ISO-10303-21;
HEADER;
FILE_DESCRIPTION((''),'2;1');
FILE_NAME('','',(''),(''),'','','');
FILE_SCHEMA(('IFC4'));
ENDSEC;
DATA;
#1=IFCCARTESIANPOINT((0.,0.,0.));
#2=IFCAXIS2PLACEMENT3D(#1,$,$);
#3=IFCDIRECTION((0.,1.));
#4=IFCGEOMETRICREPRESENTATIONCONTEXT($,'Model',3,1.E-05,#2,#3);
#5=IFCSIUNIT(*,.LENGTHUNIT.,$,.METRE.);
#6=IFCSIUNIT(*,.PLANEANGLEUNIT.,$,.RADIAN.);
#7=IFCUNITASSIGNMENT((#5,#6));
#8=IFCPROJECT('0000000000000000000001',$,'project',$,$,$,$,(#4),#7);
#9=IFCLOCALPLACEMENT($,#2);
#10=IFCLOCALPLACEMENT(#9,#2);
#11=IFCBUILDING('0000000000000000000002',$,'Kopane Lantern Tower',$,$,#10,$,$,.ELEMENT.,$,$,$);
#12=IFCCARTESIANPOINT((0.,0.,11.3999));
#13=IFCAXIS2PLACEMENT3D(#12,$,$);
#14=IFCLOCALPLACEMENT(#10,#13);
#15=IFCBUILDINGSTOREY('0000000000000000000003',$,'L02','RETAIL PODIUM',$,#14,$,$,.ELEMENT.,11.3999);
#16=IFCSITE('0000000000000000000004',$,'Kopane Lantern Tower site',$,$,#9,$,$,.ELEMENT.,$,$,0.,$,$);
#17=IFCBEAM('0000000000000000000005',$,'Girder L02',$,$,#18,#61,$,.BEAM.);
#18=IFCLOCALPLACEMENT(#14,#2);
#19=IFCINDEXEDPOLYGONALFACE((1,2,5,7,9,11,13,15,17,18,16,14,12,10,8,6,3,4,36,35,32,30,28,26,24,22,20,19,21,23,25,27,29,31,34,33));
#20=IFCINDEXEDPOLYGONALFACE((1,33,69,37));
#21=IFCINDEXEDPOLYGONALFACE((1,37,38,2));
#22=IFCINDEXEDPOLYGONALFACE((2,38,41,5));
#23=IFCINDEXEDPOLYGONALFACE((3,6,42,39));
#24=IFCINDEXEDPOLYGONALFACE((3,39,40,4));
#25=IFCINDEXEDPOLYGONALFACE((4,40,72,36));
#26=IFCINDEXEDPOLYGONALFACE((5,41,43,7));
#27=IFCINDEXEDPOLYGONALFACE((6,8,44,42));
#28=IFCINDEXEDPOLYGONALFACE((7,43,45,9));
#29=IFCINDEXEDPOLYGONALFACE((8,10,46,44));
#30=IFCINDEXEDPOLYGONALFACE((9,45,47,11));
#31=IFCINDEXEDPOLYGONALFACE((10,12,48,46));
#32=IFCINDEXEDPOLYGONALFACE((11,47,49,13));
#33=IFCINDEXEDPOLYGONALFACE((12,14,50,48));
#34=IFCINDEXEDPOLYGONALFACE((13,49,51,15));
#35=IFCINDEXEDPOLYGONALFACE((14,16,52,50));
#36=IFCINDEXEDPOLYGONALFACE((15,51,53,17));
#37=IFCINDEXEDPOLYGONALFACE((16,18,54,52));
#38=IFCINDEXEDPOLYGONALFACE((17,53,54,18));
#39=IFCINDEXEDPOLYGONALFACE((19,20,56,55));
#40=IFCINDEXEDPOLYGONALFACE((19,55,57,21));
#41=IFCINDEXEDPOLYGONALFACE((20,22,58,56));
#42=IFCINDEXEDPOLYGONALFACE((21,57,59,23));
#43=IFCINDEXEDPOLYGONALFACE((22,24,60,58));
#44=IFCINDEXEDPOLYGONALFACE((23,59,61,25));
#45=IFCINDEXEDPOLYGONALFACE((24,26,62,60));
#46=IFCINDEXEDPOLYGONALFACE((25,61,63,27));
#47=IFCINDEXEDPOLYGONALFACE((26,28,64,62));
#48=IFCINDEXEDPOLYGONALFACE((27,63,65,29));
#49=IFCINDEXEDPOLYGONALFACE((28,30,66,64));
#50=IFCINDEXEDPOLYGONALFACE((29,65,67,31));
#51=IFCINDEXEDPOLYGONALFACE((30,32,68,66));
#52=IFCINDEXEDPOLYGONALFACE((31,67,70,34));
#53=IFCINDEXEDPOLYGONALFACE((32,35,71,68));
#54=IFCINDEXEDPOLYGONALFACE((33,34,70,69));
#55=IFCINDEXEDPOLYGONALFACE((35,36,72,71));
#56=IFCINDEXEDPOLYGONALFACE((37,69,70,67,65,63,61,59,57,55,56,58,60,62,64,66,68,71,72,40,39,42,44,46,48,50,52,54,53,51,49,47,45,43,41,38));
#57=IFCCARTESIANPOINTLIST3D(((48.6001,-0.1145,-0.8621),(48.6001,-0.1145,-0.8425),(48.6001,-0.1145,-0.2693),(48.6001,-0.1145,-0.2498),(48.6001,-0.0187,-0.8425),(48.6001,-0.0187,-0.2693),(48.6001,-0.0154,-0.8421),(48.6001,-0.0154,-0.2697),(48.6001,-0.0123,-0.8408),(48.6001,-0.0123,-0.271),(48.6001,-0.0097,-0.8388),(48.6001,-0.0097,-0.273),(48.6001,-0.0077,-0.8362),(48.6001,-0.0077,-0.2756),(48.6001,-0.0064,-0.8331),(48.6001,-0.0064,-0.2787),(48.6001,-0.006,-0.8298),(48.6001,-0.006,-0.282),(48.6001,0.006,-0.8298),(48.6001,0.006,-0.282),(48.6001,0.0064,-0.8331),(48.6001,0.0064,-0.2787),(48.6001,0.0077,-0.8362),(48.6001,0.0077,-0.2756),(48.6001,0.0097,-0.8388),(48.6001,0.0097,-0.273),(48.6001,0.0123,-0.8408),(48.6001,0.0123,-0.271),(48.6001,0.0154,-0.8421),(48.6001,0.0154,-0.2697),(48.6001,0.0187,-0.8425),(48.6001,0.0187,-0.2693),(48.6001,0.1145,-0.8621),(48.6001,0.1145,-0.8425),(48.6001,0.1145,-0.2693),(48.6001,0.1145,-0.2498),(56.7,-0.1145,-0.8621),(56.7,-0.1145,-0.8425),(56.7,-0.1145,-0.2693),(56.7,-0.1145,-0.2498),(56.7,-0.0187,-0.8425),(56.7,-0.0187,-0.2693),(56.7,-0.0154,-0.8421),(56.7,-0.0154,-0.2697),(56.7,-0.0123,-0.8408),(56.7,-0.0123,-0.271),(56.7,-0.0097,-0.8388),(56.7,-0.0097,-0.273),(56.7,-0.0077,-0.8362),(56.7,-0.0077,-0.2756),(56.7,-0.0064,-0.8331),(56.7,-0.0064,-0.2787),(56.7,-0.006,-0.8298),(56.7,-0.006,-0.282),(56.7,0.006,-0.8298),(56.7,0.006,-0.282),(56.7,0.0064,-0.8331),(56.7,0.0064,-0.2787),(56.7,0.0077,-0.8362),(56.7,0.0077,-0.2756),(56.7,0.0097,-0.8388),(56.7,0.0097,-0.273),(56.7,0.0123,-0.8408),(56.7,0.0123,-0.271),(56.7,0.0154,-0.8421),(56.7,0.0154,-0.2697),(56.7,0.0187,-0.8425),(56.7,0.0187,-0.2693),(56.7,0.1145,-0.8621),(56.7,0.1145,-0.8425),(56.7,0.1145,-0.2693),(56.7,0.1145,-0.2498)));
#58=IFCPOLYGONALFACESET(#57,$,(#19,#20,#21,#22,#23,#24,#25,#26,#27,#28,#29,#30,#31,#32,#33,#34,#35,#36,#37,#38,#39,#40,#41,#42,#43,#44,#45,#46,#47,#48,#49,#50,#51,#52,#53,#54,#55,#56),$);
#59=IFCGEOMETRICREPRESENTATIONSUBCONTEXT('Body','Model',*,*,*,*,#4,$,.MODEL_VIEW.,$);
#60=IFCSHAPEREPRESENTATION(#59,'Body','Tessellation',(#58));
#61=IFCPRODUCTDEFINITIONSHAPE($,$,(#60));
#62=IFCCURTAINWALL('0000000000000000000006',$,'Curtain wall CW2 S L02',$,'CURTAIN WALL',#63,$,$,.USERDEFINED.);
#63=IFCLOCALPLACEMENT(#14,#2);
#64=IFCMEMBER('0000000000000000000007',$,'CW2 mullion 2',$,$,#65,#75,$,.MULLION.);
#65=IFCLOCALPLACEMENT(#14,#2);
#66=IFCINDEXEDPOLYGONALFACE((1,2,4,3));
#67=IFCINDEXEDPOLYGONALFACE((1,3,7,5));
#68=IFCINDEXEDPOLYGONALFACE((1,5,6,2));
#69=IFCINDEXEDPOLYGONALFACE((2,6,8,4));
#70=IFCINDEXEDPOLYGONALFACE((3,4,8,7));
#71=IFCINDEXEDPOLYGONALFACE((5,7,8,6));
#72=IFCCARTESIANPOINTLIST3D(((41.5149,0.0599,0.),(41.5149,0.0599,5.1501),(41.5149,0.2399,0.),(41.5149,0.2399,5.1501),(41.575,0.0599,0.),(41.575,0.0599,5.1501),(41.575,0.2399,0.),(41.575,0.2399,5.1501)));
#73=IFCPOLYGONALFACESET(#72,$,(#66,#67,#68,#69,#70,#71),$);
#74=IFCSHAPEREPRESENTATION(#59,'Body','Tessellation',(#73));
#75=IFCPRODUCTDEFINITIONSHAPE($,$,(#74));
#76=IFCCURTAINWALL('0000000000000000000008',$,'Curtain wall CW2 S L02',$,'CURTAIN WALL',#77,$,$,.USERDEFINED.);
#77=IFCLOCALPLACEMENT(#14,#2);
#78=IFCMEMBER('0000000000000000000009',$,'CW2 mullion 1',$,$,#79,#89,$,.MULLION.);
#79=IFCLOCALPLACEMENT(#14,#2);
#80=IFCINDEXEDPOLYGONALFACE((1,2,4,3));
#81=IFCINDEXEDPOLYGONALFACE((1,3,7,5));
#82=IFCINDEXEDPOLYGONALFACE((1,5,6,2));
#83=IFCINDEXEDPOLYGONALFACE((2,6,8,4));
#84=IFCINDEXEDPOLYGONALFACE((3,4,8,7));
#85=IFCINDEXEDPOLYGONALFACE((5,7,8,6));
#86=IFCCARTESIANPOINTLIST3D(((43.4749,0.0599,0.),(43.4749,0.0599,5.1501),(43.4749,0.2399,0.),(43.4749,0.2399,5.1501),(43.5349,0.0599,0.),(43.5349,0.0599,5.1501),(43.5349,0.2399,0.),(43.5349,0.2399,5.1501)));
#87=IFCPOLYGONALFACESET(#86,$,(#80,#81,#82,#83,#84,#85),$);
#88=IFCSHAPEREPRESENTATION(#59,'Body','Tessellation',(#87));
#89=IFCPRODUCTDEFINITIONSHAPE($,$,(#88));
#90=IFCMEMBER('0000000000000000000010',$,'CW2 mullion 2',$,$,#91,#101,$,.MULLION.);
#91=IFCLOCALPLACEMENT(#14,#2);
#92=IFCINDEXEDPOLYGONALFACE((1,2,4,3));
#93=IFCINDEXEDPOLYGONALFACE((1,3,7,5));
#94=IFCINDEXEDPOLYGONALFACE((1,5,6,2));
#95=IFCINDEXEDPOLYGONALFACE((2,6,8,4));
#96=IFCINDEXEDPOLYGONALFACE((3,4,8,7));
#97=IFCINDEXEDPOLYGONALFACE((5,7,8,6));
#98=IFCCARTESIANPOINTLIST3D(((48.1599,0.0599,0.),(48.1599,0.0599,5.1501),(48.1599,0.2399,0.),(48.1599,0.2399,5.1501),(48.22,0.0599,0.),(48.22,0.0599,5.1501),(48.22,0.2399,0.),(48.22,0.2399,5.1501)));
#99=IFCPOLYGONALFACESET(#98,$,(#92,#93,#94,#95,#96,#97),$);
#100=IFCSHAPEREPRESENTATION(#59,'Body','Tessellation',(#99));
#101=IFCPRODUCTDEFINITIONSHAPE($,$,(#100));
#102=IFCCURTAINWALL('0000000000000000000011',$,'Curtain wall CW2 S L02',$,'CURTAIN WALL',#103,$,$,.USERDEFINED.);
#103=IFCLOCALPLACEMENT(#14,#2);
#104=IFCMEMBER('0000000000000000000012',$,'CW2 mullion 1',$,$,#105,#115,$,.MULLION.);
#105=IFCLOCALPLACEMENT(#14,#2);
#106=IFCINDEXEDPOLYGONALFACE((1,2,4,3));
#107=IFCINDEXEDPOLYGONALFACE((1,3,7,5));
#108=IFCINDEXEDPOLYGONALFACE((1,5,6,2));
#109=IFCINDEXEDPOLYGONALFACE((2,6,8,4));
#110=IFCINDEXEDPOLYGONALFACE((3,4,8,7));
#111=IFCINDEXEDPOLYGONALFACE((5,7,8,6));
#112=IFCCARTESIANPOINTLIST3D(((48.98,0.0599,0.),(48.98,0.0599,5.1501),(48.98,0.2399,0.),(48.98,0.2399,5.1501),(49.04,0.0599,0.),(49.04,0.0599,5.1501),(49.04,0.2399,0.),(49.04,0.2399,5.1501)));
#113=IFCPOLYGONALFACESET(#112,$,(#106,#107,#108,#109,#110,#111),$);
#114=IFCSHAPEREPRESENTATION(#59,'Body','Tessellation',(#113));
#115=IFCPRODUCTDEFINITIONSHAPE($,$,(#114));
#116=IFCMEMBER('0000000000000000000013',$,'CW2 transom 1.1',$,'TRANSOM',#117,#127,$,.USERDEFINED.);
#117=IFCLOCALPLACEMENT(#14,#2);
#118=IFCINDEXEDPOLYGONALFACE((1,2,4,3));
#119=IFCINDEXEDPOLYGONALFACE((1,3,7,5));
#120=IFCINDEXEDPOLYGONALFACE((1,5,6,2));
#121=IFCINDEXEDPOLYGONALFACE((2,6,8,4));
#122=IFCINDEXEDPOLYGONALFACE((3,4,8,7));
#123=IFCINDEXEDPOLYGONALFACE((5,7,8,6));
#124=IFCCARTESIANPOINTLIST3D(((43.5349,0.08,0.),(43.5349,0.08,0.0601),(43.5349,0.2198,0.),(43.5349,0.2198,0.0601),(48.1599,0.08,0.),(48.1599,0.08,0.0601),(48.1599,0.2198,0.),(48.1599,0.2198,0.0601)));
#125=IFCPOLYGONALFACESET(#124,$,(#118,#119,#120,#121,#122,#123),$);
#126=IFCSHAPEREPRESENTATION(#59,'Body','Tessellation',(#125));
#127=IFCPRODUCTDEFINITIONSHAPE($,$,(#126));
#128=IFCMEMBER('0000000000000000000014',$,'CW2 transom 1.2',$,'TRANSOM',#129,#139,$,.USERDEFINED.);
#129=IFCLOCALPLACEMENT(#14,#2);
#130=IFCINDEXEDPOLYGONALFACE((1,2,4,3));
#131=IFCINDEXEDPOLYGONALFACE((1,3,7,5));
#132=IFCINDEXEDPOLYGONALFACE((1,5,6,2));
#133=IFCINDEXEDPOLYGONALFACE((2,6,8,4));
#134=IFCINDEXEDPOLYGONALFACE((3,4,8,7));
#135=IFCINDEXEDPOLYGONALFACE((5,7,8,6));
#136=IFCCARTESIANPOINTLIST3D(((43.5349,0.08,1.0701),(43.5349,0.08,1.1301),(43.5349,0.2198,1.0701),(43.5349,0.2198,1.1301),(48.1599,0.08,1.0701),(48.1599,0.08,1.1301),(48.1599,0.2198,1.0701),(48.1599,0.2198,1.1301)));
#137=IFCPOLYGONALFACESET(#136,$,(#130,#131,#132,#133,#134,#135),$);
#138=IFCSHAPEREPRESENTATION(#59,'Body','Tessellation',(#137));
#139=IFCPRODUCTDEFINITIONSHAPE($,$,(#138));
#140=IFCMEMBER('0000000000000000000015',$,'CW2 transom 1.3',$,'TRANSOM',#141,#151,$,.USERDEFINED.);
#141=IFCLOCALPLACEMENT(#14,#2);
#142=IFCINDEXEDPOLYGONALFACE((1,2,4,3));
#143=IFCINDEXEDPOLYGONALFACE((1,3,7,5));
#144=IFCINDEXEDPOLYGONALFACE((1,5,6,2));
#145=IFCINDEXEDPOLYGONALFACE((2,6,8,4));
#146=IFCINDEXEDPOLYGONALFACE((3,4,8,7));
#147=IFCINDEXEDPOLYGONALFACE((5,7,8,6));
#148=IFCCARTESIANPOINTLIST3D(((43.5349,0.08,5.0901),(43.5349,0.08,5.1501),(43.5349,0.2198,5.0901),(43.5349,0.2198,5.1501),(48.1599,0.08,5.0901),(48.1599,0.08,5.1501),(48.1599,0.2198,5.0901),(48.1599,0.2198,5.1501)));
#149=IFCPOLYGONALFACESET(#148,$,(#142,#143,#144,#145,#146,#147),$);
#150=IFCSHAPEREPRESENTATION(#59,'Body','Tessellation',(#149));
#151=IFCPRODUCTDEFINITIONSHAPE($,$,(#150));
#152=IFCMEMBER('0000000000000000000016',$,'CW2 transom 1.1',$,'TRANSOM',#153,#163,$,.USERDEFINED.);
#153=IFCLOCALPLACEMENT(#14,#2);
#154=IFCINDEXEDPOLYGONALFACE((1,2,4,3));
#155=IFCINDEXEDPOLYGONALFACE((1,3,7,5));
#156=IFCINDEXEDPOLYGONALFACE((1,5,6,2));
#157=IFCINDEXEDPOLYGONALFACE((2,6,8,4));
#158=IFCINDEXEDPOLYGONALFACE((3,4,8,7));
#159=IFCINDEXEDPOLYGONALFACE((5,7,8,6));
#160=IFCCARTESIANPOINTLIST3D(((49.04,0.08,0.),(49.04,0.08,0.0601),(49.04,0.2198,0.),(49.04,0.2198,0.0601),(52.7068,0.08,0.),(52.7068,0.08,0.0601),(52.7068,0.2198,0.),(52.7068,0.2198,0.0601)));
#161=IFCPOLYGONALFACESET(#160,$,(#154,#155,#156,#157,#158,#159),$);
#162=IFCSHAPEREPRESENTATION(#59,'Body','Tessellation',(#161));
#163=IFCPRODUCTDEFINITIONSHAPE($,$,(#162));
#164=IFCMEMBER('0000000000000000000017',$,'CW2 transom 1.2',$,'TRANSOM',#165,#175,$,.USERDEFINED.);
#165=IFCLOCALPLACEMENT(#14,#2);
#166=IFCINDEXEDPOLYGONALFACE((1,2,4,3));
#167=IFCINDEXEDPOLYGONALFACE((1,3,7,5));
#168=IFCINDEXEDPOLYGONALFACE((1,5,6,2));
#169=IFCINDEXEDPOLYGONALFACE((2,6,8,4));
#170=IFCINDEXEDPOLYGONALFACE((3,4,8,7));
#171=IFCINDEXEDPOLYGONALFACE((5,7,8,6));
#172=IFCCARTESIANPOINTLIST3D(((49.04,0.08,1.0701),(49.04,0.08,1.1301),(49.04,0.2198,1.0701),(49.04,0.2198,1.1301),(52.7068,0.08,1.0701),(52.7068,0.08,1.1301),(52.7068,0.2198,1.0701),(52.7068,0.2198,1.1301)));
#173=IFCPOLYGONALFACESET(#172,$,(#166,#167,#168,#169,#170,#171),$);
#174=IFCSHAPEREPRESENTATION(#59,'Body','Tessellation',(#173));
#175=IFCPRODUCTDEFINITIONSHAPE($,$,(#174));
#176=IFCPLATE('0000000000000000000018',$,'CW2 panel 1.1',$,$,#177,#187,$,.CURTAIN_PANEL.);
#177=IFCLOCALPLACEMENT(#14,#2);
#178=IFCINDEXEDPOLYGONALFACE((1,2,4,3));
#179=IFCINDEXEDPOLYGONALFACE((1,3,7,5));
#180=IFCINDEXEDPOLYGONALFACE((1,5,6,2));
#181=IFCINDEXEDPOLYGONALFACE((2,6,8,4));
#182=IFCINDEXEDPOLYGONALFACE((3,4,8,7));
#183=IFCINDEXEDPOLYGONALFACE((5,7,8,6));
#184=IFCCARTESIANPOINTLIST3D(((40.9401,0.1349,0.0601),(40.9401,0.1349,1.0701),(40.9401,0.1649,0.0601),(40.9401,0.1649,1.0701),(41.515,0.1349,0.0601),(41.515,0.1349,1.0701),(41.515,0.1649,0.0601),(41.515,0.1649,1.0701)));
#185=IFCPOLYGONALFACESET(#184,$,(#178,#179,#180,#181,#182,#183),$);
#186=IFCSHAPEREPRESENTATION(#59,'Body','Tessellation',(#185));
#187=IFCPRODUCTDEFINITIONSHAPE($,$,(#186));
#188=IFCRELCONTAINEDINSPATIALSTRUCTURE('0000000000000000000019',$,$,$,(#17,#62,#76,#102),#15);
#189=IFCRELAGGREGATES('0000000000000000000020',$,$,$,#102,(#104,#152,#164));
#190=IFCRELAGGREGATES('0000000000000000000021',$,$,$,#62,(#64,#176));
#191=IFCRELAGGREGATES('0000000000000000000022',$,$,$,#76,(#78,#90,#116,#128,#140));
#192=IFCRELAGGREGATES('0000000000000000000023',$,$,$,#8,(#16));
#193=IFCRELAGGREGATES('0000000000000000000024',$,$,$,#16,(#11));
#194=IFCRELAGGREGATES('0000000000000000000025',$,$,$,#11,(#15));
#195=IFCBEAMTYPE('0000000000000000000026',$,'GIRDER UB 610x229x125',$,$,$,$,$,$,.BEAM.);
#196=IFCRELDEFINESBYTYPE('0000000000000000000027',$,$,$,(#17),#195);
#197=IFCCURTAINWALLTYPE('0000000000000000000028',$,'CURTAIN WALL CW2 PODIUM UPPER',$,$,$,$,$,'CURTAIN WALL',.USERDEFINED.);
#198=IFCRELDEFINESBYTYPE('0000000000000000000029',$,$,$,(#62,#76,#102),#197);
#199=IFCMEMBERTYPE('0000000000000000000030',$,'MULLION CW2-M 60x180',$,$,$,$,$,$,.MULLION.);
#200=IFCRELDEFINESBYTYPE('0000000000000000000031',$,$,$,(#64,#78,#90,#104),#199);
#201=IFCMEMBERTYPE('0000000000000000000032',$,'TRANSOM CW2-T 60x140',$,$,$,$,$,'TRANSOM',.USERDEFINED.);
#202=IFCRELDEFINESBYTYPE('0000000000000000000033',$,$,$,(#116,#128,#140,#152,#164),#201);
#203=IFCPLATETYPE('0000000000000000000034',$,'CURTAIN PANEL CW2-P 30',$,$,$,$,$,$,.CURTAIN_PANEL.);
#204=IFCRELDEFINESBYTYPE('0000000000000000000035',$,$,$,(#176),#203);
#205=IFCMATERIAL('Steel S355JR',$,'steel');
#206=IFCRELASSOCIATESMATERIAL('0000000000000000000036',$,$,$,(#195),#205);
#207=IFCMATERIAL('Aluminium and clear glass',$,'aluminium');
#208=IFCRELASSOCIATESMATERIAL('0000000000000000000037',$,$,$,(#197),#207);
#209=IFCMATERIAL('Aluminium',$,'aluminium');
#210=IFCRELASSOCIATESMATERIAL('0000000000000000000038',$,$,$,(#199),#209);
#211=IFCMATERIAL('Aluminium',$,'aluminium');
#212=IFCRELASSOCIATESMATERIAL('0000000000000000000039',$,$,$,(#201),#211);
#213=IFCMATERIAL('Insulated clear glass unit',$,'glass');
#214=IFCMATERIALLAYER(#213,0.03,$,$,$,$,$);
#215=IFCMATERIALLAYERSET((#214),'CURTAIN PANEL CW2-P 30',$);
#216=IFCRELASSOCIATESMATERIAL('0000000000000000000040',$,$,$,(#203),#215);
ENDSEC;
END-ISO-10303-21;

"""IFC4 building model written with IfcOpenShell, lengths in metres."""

from ifc_helpers import new_model, si_unit, direction, frame, origin, origin_2d, place, context, subcontext, project, spatial, rectangle, i_section, extrude, material, layer, layer_set, material_profile, profile_set, type_object, element, aggregate, save


model = new_model("IFC4")

# Units and contexts
model_context = context("Model", 3, precision=1e-05, world=origin(), true_north=direction((0.0, 1.0)))
body_context = subcontext(model_context, "Body", "Model", "MODEL_VIEW")
ifc_project = project(units=[si_unit("LENGTHUNIT", "METRE"), si_unit("PLANEANGLEUNIT", "RADIAN")], contexts=[model_context])

# Site, building, storey
site_placement = place(None, origin())
site = spatial("IfcSite", under=ifc_project, at=site_placement, Name="Kopane Lantern Tower site", CompositionType="ELEMENT", RefElevation=0.0)
building_placement = place(site_placement, origin())
building = spatial("IfcBuilding", under=site, at=building_placement, Name="Kopane Lantern Tower", CompositionType="ELEMENT")
storey_placement = place(building_placement, frame((0.0, 0.0, 11.3999)))
storey = spatial("IfcBuildingStorey", under=building, at=storey_placement, Name="L02", Description="RETAIL PODIUM", CompositionType="ELEMENT", Elevation=11.3999)

# Beam
ifc_material_1 = material(Name="Steel S355JR", Category="steel")
ifc_material_profile_1 = material_profile(ifc_material_1, i_section(OverallWidth=0.229, OverallDepth=0.6123, WebThickness=0.012, FlangeThickness=0.0195, FilletRadius=0.0127, at=origin_2d()), Name="UB 610x229x125")
ifc_profile_set_1 = profile_set([ifc_material_profile_1], Name="Steel S355JR")
beam_type = type_object("IfcBeamType", Name="GIRDER UB 610x229x125", PredefinedType="BEAM", material=ifc_profile_set_1)
beam_1_placement = place(storey_placement, frame((48.6001, 0.0, -0.5559), z_axis=(1.0, 0.0, 0.0), x_axis=(0.0, 1.0, 0.0)))
element("IfcBeam", 1, at=beam_1_placement, inside=storey, type_object=beam_type, Name="Girder L02", PredefinedType="BEAM", context=body_context, shape_type="SweptSolid", body=[
    extrude(i_section(OverallWidth=0.229, OverallDepth=0.6123, WebThickness=0.012, FlangeThickness=0.0195, FilletRadius=0.0127, at=origin_2d()), origin(), (0.0, 0.0, 1.0), 8.0999),
])

# Curtain wall, member
ifc_material_2 = material(Name="Aluminium and clear glass", Category="aluminium")
curtain_wall_type = type_object("IfcCurtainWallType", Name="CURTAIN WALL CW2 PODIUM UPPER", ElementType="CURTAIN WALL", PredefinedType="USERDEFINED", material=ifc_material_2)
curtain_wall_1_placement = place(storey_placement, origin())
curtain_wall_1 = element("IfcCurtainWall", 2, at=curtain_wall_1_placement, inside=storey, type_object=curtain_wall_type, Name="Curtain wall CW2 S L02", ObjectType="CURTAIN WALL", PredefinedType="USERDEFINED")
ifc_material_3 = material(Name="Aluminium", Category="aluminium")
ifc_material_profile_2 = material_profile(ifc_material_3, rectangle(XDim=0.0601, YDim=0.1799, at=origin_2d()), Name="AL 60x180")
ifc_profile_set_2 = profile_set([ifc_material_profile_2], Name="Aluminium")
member_type_1 = type_object("IfcMemberType", Name="MULLION CW2-M 60x180", PredefinedType="MULLION", material=ifc_profile_set_2)
member_1_placement = place(storey_placement, frame((41.5449, 0.1499, 0.0), z_axis=(0.0, 0.0, 1.0), x_axis=(1.0, 0.0, 0.0)))
member_1 = element("IfcMember", 3, at=member_1_placement, type_object=member_type_1, Name="CW2 mullion 2", PredefinedType="MULLION", context=body_context, shape_type="SweptSolid", body=[
    extrude(rectangle(XDim=0.0601, YDim=0.1799, at=origin_2d()), origin(), (0.0, 0.0, 1.0), 5.1501),
])

# Curtain wall, members
curtain_wall_2_placement = place(storey_placement, origin())
curtain_wall_2 = element("IfcCurtainWall", 4, at=curtain_wall_2_placement, inside=storey, type_object=curtain_wall_type, Name="Curtain wall CW2 S L02", ObjectType="CURTAIN WALL", PredefinedType="USERDEFINED")
member_2_placement = place(storey_placement, frame((43.5049, 0.1499, 0.0), z_axis=(0.0, 0.0, 1.0), x_axis=(1.0, 0.0, 0.0)))
member_2 = element("IfcMember", 5, at=member_2_placement, type_object=member_type_1, Name="CW2 mullion 1", PredefinedType="MULLION", context=body_context, shape_type="SweptSolid", body=[
    extrude(rectangle(XDim=0.0601, YDim=0.1799, at=origin_2d()), origin(), (0.0, 0.0, 1.0), 5.1501),
])
member_3_placement = place(storey_placement, frame((48.1899, 0.1499, 0.0), z_axis=(0.0, 0.0, 1.0), x_axis=(1.0, 0.0, 0.0)))
member_3 = element("IfcMember", 6, at=member_3_placement, type_object=member_type_1, Name="CW2 mullion 2", PredefinedType="MULLION", context=body_context, shape_type="SweptSolid", body=[
    extrude(rectangle(XDim=0.0601, YDim=0.1799, at=origin_2d()), origin(), (0.0, 0.0, 1.0), 5.1501),
])

# Curtain wall, member
curtain_wall_3_placement = place(storey_placement, origin())
curtain_wall_3 = element("IfcCurtainWall", 7, at=curtain_wall_3_placement, inside=storey, type_object=curtain_wall_type, Name="Curtain wall CW2 S L02", ObjectType="CURTAIN WALL", PredefinedType="USERDEFINED")
member_4_placement = place(storey_placement, frame((49.01, 0.1499, 0.0), z_axis=(0.0, 0.0, 1.0), x_axis=(1.0, 0.0, 0.0)))
member_4 = element("IfcMember", 8, at=member_4_placement, type_object=member_type_1, Name="CW2 mullion 1", PredefinedType="MULLION", context=body_context, shape_type="SweptSolid", body=[
    extrude(rectangle(XDim=0.0601, YDim=0.1799, at=origin_2d()), origin(), (0.0, 0.0, 1.0), 5.1501),
])

# Members
ifc_material_4 = material(Name="Aluminium", Category="aluminium")
ifc_material_profile_3 = material_profile(ifc_material_4, rectangle(XDim=0.1399, YDim=0.0601, at=origin_2d()), Name="AL 140x60")
ifc_profile_set_3 = profile_set([ifc_material_profile_3], Name="Aluminium")
member_type_2 = type_object("IfcMemberType", Name="TRANSOM CW2-T 60x140", ElementType="TRANSOM", PredefinedType="USERDEFINED", material=ifc_profile_set_3)
member_5_placement = place(storey_placement, frame((43.5349, 0.1499, 0.03), z_axis=(1.0, 0.0, 0.0), x_axis=(0.0, 1.0, 0.0)))
member_5 = element("IfcMember", 9, at=member_5_placement, type_object=member_type_2, Name="CW2 transom 1.1", ObjectType="TRANSOM", PredefinedType="USERDEFINED", context=body_context, shape_type="SweptSolid", body=[
    extrude(rectangle(XDim=0.1399, YDim=0.0601, at=origin_2d()), origin(), (0.0, 0.0, 1.0), 4.625),
])
member_6_placement = place(storey_placement, frame((43.5349, 0.1499, 1.1001), z_axis=(1.0, 0.0, 0.0), x_axis=(0.0, 1.0, 0.0)))
member_6 = element("IfcMember", 10, at=member_6_placement, type_object=member_type_2, Name="CW2 transom 1.2", ObjectType="TRANSOM", PredefinedType="USERDEFINED", context=body_context, shape_type="SweptSolid", body=[
    extrude(rectangle(XDim=0.1399, YDim=0.0601, at=origin_2d()), origin(), (0.0, 0.0, 1.0), 4.625),
])
member_7_placement = place(storey_placement, frame((43.5349, 0.1499, 5.1201), z_axis=(1.0, 0.0, 0.0), x_axis=(0.0, 1.0, 0.0)))
member_7 = element("IfcMember", 11, at=member_7_placement, type_object=member_type_2, Name="CW2 transom 1.3", ObjectType="TRANSOM", PredefinedType="USERDEFINED", context=body_context, shape_type="SweptSolid", body=[
    extrude(rectangle(XDim=0.1399, YDim=0.0601, at=origin_2d()), origin(), (0.0, 0.0, 1.0), 4.625),
])
member_8_placement = place(storey_placement, frame((49.04, 0.1499, 0.03), z_axis=(1.0, 0.0, 0.0), x_axis=(0.0, 1.0, 0.0)))
member_8 = element("IfcMember", 12, at=member_8_placement, type_object=member_type_2, Name="CW2 transom 1.1", ObjectType="TRANSOM", PredefinedType="USERDEFINED", context=body_context, shape_type="SweptSolid", body=[
    extrude(rectangle(XDim=0.1399, YDim=0.0601, at=origin_2d()), origin(), (0.0, 0.0, 1.0), 3.6667),
])
member_9_placement = place(storey_placement, frame((49.04, 0.1499, 1.1001), z_axis=(1.0, 0.0, 0.0), x_axis=(0.0, 1.0, 0.0)))
member_9 = element("IfcMember", 13, at=member_9_placement, type_object=member_type_2, Name="CW2 transom 1.2", ObjectType="TRANSOM", PredefinedType="USERDEFINED", context=body_context, shape_type="SweptSolid", body=[
    extrude(rectangle(XDim=0.1399, YDim=0.0601, at=origin_2d()), origin(), (0.0, 0.0, 1.0), 3.6667),
])
aggregate(curtain_wall_3, [member_4, member_8, member_9])

# Plate
ifc_material_5 = material(Name="Insulated clear glass unit", Category="glass")
ifc_layer_1 = layer(ifc_material_5, 0.03)
ifc_layer_set_1 = layer_set([ifc_layer_1], Name="CURTAIN PANEL CW2-P 30")
plate_type = type_object("IfcPlateType", Name="CURTAIN PANEL CW2-P 30", PredefinedType="CURTAIN_PANEL", material=ifc_layer_set_1)
plate_1_placement = place(storey_placement, frame((41.2275, 0.1499, 0.0601), z_axis=(0.0, 0.0, 1.0), x_axis=(1.0, 0.0, 0.0)))
plate_1 = element("IfcPlate", 14, at=plate_1_placement, type_object=plate_type, Name="CW2 panel 1.1", PredefinedType="CURTAIN_PANEL", context=body_context, shape_type="SweptSolid", body=[
    extrude(rectangle(XDim=0.575, YDim=0.03, at=origin_2d()), origin(), (0.0, 0.0, 1.0), 1.01),
])
aggregate(curtain_wall_1, [member_1, plate_1])
aggregate(curtain_wall_2, [member_2, member_3, member_5, member_6, member_7])

save(model, "model.ifc")
